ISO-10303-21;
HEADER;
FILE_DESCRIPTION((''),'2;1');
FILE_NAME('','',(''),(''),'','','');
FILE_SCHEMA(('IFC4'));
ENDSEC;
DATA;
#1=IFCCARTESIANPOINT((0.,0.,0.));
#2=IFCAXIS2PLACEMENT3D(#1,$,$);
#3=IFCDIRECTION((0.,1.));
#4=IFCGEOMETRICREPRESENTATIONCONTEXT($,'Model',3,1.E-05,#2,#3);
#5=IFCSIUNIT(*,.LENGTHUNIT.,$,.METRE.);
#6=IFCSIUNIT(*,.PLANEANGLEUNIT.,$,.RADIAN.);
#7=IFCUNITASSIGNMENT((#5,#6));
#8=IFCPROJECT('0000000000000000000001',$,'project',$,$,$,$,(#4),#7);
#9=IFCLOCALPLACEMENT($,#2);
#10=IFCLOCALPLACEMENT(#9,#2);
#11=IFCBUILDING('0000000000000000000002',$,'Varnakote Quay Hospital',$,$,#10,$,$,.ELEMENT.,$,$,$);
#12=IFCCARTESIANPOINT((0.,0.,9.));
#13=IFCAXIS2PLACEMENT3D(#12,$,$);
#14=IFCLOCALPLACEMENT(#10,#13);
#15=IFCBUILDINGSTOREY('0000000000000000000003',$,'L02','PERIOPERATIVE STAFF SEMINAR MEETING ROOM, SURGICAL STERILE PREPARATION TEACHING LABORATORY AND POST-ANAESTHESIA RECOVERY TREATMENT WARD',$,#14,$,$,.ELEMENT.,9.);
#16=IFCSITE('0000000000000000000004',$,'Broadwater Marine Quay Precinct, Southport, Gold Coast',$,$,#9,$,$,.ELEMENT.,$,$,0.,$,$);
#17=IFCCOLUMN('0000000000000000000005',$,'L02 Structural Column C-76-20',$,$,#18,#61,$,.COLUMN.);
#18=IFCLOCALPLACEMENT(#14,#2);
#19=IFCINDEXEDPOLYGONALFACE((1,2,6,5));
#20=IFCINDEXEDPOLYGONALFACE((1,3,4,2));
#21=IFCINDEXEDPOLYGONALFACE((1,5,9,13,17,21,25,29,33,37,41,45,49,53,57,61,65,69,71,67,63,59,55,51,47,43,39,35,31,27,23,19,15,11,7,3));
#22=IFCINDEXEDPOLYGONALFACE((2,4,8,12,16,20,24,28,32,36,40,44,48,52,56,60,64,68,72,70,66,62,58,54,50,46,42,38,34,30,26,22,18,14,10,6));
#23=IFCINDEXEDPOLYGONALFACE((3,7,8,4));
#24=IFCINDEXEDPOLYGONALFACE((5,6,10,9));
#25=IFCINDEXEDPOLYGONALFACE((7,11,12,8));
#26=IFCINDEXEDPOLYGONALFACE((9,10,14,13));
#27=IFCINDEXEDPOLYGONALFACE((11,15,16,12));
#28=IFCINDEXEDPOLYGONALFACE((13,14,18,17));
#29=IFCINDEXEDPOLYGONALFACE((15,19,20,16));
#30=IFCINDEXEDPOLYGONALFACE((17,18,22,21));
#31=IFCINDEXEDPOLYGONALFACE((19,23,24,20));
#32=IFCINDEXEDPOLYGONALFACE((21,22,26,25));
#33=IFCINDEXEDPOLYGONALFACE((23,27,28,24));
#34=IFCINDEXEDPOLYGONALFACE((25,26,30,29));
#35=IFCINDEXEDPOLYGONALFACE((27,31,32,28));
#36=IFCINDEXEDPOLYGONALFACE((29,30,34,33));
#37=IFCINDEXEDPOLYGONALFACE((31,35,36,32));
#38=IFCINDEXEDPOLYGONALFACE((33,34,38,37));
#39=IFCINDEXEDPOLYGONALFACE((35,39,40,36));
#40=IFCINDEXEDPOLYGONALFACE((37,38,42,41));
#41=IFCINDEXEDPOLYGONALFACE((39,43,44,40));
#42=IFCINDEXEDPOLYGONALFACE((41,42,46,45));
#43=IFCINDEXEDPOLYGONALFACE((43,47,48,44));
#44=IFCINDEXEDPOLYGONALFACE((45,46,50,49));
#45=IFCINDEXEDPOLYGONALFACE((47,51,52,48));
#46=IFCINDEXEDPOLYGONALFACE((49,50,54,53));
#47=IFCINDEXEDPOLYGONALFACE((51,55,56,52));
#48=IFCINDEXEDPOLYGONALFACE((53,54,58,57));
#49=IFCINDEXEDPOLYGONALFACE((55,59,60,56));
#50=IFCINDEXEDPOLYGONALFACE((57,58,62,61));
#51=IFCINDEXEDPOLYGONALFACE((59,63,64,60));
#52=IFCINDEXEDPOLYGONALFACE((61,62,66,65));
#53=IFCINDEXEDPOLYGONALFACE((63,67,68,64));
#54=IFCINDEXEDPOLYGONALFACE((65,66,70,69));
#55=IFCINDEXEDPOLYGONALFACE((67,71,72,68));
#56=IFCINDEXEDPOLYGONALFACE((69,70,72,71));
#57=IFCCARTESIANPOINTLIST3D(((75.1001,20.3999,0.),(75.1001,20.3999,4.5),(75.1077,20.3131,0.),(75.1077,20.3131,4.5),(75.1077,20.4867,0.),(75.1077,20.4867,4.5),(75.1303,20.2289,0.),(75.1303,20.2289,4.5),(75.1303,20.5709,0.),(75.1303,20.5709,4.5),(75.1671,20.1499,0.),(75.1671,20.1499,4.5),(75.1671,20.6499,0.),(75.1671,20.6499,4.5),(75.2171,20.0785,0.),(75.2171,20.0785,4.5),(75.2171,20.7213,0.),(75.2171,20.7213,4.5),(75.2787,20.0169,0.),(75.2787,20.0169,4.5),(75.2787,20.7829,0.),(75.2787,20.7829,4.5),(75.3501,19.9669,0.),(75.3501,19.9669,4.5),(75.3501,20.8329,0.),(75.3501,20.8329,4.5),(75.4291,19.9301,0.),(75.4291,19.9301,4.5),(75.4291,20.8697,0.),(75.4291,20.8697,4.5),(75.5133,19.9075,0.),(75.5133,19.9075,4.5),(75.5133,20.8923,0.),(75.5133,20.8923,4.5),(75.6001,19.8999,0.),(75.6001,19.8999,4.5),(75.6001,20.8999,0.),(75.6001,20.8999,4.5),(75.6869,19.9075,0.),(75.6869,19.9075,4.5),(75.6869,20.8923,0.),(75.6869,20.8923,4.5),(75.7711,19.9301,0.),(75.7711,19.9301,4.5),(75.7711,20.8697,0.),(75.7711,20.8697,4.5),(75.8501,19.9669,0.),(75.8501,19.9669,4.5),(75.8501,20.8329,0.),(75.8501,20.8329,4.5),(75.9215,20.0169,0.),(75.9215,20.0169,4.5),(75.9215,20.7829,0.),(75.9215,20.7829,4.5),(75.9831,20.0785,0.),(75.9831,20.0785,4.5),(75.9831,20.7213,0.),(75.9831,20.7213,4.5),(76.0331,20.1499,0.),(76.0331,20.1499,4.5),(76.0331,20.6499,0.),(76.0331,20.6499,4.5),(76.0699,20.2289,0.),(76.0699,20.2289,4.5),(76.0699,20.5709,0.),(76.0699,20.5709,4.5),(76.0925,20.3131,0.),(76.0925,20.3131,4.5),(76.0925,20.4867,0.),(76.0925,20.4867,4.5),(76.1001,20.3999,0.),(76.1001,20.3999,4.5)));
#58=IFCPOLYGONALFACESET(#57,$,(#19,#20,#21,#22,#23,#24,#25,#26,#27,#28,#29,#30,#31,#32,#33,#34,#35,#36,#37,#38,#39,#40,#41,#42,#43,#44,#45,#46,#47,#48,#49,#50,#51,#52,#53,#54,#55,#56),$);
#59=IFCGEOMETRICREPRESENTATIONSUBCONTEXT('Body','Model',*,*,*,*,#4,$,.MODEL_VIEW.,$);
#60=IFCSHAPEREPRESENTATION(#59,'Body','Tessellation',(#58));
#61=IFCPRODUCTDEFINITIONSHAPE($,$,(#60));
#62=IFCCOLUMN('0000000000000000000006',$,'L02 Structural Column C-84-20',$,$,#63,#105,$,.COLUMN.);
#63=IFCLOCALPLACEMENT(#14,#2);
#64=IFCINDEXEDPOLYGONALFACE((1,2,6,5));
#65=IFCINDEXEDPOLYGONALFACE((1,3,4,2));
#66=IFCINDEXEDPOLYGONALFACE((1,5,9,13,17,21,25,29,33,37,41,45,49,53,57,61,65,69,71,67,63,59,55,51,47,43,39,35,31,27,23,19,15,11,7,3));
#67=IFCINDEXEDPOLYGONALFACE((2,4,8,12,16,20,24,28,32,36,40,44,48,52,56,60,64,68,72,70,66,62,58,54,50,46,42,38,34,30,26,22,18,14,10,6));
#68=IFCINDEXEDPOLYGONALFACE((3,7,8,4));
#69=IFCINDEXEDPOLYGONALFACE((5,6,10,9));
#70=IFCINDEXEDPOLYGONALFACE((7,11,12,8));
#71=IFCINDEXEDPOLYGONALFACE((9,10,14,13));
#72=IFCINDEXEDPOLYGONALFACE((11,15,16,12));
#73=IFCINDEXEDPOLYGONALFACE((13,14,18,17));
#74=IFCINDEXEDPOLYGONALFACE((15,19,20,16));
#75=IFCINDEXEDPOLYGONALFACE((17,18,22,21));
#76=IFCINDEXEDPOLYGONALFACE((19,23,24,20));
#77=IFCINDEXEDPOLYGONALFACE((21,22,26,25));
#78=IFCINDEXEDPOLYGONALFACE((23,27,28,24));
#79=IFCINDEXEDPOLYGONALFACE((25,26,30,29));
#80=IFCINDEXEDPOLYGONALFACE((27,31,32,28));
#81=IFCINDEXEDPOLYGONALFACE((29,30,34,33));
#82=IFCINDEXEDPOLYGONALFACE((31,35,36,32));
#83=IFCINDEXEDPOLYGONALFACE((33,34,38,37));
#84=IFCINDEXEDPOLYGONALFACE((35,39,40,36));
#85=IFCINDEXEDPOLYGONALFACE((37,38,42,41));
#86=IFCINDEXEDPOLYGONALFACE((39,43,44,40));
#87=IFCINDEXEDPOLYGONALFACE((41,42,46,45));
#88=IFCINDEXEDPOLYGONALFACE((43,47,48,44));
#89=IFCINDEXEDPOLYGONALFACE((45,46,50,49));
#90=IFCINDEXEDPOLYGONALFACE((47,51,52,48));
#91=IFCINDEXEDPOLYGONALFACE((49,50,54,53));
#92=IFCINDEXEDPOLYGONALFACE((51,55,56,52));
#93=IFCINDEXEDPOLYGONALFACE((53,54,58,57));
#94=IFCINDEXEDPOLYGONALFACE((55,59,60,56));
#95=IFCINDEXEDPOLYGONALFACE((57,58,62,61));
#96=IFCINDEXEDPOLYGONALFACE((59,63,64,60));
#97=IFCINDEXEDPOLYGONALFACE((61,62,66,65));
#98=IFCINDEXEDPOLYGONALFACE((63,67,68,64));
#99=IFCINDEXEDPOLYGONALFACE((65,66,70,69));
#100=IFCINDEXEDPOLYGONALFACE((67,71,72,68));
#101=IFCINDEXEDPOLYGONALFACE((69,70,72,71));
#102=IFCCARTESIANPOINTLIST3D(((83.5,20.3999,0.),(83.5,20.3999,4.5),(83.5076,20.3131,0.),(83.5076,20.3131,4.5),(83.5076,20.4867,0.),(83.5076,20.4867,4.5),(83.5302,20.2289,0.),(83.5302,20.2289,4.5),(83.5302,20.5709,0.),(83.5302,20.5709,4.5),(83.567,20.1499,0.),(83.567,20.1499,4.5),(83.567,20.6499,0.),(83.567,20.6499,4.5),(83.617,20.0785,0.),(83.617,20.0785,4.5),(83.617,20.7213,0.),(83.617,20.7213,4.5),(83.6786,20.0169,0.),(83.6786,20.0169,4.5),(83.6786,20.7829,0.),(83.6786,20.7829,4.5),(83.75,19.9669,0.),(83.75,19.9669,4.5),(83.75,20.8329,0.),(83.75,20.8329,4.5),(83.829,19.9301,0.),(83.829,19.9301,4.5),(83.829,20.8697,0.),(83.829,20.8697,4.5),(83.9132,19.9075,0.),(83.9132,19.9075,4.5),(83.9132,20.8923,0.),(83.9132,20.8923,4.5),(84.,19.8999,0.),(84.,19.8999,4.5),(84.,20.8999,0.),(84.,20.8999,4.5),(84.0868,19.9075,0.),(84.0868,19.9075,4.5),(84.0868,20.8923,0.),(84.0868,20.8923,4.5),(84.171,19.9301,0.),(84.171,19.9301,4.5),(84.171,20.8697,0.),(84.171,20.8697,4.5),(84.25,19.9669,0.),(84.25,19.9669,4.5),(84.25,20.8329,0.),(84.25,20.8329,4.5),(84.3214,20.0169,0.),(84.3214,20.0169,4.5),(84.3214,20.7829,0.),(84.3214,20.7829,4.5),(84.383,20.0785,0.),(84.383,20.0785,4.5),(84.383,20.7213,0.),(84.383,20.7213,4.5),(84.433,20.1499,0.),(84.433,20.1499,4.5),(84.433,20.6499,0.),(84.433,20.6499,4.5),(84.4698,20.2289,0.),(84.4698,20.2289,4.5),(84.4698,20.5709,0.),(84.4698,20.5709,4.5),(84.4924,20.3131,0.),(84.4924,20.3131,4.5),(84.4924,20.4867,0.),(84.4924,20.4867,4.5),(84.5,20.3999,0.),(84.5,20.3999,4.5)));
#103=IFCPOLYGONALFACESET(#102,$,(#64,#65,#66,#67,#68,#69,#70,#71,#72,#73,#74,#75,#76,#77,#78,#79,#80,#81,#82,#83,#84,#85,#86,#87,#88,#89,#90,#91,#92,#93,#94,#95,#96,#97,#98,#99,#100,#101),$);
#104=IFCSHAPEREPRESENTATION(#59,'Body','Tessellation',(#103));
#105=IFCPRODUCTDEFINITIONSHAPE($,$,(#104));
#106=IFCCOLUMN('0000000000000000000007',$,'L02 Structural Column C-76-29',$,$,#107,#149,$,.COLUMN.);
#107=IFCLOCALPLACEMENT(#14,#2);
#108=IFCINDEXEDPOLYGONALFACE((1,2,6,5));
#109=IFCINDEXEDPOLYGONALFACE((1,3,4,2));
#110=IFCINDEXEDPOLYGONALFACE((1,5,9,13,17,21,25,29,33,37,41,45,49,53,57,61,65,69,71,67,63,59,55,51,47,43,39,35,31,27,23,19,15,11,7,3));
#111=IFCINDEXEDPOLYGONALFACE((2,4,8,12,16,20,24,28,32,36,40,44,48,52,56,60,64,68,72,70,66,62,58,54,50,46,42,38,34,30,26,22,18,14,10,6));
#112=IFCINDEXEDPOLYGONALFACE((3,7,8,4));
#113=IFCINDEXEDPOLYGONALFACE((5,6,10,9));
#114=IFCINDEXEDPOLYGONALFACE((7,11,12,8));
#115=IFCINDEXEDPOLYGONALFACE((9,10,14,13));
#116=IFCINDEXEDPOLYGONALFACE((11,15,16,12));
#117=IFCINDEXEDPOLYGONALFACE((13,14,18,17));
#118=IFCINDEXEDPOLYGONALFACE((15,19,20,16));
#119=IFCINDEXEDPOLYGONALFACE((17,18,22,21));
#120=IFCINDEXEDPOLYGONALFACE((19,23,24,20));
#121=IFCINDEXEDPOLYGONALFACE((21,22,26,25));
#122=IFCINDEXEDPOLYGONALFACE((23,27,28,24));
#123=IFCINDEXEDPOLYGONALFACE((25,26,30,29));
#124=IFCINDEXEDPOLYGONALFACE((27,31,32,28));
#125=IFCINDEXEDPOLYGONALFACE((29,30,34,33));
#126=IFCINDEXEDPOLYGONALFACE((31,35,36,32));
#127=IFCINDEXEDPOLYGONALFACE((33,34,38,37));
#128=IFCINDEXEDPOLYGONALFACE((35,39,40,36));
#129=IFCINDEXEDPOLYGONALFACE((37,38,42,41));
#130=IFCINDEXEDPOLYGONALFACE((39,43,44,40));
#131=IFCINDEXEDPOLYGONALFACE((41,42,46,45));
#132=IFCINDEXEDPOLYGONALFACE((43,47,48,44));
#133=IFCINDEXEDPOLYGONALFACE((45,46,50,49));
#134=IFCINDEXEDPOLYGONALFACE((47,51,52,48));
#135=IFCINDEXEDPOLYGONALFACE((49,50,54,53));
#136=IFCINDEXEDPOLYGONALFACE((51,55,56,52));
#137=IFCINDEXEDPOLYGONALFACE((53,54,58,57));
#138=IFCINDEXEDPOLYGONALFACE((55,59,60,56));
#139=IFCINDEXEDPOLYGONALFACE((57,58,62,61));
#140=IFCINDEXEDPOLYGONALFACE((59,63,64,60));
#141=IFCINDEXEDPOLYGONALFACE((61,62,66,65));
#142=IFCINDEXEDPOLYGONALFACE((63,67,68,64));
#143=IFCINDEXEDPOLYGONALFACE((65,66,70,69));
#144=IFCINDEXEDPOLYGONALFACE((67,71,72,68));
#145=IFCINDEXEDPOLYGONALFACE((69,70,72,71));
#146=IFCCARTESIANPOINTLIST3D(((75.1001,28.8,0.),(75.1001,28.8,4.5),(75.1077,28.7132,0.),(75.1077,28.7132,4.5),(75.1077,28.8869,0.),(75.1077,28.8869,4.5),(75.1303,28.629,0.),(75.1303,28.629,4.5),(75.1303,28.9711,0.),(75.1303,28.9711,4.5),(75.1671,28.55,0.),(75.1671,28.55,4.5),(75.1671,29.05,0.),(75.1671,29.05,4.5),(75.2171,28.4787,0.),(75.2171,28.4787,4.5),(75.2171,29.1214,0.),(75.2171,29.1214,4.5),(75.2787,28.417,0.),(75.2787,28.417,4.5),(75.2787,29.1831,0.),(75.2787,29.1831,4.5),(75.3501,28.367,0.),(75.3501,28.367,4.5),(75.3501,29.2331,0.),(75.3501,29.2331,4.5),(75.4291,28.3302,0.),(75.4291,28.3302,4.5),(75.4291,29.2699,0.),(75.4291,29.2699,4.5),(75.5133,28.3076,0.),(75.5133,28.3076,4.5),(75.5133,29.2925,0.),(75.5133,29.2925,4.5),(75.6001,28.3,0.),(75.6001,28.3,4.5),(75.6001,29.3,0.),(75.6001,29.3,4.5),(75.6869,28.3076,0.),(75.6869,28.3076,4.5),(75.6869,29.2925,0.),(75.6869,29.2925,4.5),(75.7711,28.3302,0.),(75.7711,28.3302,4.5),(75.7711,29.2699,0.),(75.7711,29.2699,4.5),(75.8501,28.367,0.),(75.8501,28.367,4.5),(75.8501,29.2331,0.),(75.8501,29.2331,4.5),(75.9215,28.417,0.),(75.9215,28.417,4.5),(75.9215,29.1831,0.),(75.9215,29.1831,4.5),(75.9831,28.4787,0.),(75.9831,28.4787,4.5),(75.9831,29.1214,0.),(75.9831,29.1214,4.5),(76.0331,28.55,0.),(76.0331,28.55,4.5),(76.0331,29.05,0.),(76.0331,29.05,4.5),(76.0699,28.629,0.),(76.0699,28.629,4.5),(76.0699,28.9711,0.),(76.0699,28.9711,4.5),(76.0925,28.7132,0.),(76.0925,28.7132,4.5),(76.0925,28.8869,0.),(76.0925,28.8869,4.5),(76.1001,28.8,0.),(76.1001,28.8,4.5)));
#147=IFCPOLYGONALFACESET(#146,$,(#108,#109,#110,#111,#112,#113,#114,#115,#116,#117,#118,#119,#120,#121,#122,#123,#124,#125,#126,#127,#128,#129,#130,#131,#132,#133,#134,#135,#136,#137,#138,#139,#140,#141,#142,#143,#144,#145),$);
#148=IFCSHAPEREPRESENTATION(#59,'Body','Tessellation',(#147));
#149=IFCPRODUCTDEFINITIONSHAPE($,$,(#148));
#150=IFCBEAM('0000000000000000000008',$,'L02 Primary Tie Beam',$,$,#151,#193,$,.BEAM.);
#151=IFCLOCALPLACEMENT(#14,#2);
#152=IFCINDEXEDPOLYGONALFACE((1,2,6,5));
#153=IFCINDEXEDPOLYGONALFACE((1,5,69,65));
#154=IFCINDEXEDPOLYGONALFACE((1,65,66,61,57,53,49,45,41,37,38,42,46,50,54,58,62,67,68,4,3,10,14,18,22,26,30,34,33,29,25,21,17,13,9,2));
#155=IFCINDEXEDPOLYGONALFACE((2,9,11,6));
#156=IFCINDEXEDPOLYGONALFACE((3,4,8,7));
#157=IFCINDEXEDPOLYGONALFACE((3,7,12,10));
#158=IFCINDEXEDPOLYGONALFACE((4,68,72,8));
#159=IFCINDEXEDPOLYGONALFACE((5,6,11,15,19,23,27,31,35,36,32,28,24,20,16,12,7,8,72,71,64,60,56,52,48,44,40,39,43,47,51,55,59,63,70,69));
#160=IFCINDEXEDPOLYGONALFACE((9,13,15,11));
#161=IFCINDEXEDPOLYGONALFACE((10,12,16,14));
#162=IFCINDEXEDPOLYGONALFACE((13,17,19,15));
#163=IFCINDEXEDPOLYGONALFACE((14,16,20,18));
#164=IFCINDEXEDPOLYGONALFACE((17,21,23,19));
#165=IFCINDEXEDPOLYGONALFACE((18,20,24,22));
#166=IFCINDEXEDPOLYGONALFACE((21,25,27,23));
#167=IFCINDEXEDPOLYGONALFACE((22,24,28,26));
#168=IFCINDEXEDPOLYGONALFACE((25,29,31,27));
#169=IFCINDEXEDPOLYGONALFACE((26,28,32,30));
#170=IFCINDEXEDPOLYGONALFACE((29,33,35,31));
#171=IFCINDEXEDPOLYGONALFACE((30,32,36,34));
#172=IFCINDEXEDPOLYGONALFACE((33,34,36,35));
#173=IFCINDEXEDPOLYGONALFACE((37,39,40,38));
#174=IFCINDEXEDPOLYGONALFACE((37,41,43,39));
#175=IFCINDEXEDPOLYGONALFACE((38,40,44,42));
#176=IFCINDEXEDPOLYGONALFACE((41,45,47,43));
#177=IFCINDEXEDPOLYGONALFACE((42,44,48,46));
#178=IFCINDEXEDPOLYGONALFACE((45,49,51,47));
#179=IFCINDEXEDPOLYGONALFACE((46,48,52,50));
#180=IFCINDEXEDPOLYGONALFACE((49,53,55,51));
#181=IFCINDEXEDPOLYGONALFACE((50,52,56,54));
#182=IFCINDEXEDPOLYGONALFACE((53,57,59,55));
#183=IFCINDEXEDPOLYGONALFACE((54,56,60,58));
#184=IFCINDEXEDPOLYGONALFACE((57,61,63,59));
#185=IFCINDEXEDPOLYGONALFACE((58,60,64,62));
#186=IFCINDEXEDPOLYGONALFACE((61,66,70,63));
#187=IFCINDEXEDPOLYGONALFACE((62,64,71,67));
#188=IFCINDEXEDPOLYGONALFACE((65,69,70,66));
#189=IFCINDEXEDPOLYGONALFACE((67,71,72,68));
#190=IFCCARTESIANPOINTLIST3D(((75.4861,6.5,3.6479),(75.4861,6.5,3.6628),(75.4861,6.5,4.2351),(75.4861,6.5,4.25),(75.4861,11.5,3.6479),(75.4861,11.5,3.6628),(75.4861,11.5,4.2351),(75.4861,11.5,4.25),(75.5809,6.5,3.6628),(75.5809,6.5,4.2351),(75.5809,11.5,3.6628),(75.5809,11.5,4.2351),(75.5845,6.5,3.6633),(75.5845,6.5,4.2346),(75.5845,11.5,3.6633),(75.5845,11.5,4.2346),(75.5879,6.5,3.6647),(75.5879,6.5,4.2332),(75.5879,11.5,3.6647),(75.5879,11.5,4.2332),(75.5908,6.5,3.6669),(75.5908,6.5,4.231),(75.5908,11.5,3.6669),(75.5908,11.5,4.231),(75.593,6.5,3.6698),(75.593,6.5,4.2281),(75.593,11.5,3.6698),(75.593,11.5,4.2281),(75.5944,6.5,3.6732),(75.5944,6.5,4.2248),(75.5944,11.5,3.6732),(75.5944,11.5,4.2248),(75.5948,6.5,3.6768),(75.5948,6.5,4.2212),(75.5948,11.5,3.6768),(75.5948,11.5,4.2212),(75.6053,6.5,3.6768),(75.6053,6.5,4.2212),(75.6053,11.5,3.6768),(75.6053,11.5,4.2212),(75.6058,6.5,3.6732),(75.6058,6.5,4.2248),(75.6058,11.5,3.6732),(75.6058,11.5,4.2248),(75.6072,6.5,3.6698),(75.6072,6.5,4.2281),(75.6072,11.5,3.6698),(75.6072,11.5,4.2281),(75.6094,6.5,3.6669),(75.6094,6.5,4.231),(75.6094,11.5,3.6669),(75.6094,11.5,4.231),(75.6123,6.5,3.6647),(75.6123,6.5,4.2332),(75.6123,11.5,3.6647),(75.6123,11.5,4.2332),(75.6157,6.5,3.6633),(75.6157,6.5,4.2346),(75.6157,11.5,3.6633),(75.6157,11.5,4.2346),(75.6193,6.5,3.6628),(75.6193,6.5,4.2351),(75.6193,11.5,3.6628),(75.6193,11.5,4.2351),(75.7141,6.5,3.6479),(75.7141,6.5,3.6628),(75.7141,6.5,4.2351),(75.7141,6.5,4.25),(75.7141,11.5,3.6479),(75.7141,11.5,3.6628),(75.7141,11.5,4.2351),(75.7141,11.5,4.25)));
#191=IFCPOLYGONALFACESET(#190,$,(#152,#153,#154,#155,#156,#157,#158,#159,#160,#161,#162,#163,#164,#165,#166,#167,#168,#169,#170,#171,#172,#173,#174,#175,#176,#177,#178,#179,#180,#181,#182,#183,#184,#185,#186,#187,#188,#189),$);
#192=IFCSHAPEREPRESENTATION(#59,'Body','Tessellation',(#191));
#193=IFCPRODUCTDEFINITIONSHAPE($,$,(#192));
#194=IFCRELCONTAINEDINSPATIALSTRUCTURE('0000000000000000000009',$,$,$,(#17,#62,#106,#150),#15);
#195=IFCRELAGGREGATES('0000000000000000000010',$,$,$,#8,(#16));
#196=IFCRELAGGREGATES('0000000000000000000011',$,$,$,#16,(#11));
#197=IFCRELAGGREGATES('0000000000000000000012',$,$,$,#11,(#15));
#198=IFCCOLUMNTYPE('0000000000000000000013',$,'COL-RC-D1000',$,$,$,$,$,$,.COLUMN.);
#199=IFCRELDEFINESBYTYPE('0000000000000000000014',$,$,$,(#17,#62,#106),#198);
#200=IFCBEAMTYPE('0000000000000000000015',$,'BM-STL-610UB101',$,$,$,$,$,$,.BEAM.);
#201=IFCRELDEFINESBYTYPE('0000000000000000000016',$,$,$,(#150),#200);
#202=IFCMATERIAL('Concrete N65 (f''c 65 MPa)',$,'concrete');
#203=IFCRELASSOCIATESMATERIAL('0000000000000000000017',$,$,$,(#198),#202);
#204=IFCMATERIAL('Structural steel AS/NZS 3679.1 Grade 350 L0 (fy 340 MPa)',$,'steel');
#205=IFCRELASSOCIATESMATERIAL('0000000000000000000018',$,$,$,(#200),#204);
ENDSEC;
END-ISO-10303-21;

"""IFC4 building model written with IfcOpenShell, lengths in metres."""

from ifc_helpers import new_model, si_unit, direction, frame, origin, origin_2d, place, context, subcontext, project, spatial, circle, i_section, extrude, material, material_profile, profile_set, type_object, element, save


model = new_model("IFC4")

# Units and contexts
model_context = context("Model", 3, precision=1e-05, world=origin(), true_north=direction((0.0, 1.0)))
body_context = subcontext(model_context, "Body", "Model", "MODEL_VIEW")
ifc_project = project(units=[si_unit("LENGTHUNIT", "METRE"), si_unit("PLANEANGLEUNIT", "RADIAN")], contexts=[model_context])

# Site, building, storey
site_placement = place(None, origin())
site = spatial("IfcSite", under=ifc_project, at=site_placement, Name="Broadwater Marine Quay Precinct, Southport, Gold Coast", CompositionType="ELEMENT", RefElevation=0.0)
building_placement = place(site_placement, origin())
building = spatial("IfcBuilding", under=site, at=building_placement, Name="Varnakote Quay Hospital", CompositionType="ELEMENT")
storey_placement = place(building_placement, frame((0.0, 0.0, 9.0)))
storey = spatial("IfcBuildingStorey", under=building, at=storey_placement, Name="L02", Description="PERIOPERATIVE STAFF SEMINAR MEETING ROOM, SURGICAL STERILE PREPARATION TEACHING LABORATORY AND POST-ANAESTHESIA RECOVERY TREATMENT WARD", CompositionType="ELEMENT", Elevation=9.0)

# Columns
ifc_material_1 = material(Name="Concrete N65 (f'c 65 MPa)", Category="concrete")
ifc_material_profile_1 = material_profile(ifc_material_1, circle(Radius=0.5, at=origin_2d()), Name="RC-COL-D1000")
ifc_profile_set_1 = profile_set([ifc_material_profile_1], Name="Concrete N65 (f'c 65 MPa)")
column_type = type_object("IfcColumnType", Name="COL-RC-D1000", PredefinedType="COLUMN", material=ifc_profile_set_1)
for number, where, z_axis, x_axis, name in (
    (1, (75.6001, 20.3999, 0.0), (0.0, 0.0, 1.0), (1.0, 0.0, 0.0), "L02 Structural Column C-76-20"),
    (2, (84.0, 20.3999, 0.0), (0.0, 0.0, 1.0), (1.0, 0.0, 0.0), "L02 Structural Column C-84-20"),
    (3, (75.6001, 28.8, 0.0), (0.0, 0.0, 1.0), (1.0, 0.0, 0.0), "L02 Structural Column C-76-29"),
):
    element("IfcColumn", number, at=place(storey_placement, frame(where, z_axis=z_axis, x_axis=x_axis)), inside=storey, type_object=column_type, Name=name, PredefinedType="COLUMN", context=body_context, shape_type="SweptSolid", body=[
        extrude(circle(Radius=0.5, at=origin_2d()), origin(), (0.0, 0.0, 1.0), 4.5),
    ])

# Beam
ifc_material_2 = material(Name="Structural steel AS/NZS 3679.1 Grade 350 L0 (fy 340 MPa)", Category="steel")
ifc_material_profile_2 = material_profile(ifc_material_2, i_section(OverallWidth=0.228, OverallDepth=0.6021, WebThickness=0.0105, FlangeThickness=0.0149, FilletRadius=0.0139, at=origin_2d()), Name="610UB101")
ifc_profile_set_2 = profile_set([ifc_material_profile_2], Name="Structural steel AS/NZS 3679.1 Grade 350 L0 (fy 340 MPa)")
beam_type_1 = type_object("IfcBeamType", Name="BM-STL-610UB101", PredefinedType="BEAM", material=ifc_profile_set_2)
beam_1_placement = place(storey_placement, frame((75.6001, 6.5, 3.949), z_axis=(0.0, 1.0, 0.0), x_axis=(-1.0, 0.0, 0.0)))
element("IfcBeam", 4, at=beam_1_placement, inside=storey, type_object=beam_type_1, Name="L02 Primary Tie Beam", PredefinedType="BEAM", context=body_context, shape_type="SweptSolid", body=[
    extrude(i_section(OverallWidth=0.228, OverallDepth=0.6021, WebThickness=0.0105, FlangeThickness=0.0149, FilletRadius=0.0139, at=origin_2d()), origin(), (0.0, 0.0, 1.0), 5.0),
])

save(model, "model.ifc")
